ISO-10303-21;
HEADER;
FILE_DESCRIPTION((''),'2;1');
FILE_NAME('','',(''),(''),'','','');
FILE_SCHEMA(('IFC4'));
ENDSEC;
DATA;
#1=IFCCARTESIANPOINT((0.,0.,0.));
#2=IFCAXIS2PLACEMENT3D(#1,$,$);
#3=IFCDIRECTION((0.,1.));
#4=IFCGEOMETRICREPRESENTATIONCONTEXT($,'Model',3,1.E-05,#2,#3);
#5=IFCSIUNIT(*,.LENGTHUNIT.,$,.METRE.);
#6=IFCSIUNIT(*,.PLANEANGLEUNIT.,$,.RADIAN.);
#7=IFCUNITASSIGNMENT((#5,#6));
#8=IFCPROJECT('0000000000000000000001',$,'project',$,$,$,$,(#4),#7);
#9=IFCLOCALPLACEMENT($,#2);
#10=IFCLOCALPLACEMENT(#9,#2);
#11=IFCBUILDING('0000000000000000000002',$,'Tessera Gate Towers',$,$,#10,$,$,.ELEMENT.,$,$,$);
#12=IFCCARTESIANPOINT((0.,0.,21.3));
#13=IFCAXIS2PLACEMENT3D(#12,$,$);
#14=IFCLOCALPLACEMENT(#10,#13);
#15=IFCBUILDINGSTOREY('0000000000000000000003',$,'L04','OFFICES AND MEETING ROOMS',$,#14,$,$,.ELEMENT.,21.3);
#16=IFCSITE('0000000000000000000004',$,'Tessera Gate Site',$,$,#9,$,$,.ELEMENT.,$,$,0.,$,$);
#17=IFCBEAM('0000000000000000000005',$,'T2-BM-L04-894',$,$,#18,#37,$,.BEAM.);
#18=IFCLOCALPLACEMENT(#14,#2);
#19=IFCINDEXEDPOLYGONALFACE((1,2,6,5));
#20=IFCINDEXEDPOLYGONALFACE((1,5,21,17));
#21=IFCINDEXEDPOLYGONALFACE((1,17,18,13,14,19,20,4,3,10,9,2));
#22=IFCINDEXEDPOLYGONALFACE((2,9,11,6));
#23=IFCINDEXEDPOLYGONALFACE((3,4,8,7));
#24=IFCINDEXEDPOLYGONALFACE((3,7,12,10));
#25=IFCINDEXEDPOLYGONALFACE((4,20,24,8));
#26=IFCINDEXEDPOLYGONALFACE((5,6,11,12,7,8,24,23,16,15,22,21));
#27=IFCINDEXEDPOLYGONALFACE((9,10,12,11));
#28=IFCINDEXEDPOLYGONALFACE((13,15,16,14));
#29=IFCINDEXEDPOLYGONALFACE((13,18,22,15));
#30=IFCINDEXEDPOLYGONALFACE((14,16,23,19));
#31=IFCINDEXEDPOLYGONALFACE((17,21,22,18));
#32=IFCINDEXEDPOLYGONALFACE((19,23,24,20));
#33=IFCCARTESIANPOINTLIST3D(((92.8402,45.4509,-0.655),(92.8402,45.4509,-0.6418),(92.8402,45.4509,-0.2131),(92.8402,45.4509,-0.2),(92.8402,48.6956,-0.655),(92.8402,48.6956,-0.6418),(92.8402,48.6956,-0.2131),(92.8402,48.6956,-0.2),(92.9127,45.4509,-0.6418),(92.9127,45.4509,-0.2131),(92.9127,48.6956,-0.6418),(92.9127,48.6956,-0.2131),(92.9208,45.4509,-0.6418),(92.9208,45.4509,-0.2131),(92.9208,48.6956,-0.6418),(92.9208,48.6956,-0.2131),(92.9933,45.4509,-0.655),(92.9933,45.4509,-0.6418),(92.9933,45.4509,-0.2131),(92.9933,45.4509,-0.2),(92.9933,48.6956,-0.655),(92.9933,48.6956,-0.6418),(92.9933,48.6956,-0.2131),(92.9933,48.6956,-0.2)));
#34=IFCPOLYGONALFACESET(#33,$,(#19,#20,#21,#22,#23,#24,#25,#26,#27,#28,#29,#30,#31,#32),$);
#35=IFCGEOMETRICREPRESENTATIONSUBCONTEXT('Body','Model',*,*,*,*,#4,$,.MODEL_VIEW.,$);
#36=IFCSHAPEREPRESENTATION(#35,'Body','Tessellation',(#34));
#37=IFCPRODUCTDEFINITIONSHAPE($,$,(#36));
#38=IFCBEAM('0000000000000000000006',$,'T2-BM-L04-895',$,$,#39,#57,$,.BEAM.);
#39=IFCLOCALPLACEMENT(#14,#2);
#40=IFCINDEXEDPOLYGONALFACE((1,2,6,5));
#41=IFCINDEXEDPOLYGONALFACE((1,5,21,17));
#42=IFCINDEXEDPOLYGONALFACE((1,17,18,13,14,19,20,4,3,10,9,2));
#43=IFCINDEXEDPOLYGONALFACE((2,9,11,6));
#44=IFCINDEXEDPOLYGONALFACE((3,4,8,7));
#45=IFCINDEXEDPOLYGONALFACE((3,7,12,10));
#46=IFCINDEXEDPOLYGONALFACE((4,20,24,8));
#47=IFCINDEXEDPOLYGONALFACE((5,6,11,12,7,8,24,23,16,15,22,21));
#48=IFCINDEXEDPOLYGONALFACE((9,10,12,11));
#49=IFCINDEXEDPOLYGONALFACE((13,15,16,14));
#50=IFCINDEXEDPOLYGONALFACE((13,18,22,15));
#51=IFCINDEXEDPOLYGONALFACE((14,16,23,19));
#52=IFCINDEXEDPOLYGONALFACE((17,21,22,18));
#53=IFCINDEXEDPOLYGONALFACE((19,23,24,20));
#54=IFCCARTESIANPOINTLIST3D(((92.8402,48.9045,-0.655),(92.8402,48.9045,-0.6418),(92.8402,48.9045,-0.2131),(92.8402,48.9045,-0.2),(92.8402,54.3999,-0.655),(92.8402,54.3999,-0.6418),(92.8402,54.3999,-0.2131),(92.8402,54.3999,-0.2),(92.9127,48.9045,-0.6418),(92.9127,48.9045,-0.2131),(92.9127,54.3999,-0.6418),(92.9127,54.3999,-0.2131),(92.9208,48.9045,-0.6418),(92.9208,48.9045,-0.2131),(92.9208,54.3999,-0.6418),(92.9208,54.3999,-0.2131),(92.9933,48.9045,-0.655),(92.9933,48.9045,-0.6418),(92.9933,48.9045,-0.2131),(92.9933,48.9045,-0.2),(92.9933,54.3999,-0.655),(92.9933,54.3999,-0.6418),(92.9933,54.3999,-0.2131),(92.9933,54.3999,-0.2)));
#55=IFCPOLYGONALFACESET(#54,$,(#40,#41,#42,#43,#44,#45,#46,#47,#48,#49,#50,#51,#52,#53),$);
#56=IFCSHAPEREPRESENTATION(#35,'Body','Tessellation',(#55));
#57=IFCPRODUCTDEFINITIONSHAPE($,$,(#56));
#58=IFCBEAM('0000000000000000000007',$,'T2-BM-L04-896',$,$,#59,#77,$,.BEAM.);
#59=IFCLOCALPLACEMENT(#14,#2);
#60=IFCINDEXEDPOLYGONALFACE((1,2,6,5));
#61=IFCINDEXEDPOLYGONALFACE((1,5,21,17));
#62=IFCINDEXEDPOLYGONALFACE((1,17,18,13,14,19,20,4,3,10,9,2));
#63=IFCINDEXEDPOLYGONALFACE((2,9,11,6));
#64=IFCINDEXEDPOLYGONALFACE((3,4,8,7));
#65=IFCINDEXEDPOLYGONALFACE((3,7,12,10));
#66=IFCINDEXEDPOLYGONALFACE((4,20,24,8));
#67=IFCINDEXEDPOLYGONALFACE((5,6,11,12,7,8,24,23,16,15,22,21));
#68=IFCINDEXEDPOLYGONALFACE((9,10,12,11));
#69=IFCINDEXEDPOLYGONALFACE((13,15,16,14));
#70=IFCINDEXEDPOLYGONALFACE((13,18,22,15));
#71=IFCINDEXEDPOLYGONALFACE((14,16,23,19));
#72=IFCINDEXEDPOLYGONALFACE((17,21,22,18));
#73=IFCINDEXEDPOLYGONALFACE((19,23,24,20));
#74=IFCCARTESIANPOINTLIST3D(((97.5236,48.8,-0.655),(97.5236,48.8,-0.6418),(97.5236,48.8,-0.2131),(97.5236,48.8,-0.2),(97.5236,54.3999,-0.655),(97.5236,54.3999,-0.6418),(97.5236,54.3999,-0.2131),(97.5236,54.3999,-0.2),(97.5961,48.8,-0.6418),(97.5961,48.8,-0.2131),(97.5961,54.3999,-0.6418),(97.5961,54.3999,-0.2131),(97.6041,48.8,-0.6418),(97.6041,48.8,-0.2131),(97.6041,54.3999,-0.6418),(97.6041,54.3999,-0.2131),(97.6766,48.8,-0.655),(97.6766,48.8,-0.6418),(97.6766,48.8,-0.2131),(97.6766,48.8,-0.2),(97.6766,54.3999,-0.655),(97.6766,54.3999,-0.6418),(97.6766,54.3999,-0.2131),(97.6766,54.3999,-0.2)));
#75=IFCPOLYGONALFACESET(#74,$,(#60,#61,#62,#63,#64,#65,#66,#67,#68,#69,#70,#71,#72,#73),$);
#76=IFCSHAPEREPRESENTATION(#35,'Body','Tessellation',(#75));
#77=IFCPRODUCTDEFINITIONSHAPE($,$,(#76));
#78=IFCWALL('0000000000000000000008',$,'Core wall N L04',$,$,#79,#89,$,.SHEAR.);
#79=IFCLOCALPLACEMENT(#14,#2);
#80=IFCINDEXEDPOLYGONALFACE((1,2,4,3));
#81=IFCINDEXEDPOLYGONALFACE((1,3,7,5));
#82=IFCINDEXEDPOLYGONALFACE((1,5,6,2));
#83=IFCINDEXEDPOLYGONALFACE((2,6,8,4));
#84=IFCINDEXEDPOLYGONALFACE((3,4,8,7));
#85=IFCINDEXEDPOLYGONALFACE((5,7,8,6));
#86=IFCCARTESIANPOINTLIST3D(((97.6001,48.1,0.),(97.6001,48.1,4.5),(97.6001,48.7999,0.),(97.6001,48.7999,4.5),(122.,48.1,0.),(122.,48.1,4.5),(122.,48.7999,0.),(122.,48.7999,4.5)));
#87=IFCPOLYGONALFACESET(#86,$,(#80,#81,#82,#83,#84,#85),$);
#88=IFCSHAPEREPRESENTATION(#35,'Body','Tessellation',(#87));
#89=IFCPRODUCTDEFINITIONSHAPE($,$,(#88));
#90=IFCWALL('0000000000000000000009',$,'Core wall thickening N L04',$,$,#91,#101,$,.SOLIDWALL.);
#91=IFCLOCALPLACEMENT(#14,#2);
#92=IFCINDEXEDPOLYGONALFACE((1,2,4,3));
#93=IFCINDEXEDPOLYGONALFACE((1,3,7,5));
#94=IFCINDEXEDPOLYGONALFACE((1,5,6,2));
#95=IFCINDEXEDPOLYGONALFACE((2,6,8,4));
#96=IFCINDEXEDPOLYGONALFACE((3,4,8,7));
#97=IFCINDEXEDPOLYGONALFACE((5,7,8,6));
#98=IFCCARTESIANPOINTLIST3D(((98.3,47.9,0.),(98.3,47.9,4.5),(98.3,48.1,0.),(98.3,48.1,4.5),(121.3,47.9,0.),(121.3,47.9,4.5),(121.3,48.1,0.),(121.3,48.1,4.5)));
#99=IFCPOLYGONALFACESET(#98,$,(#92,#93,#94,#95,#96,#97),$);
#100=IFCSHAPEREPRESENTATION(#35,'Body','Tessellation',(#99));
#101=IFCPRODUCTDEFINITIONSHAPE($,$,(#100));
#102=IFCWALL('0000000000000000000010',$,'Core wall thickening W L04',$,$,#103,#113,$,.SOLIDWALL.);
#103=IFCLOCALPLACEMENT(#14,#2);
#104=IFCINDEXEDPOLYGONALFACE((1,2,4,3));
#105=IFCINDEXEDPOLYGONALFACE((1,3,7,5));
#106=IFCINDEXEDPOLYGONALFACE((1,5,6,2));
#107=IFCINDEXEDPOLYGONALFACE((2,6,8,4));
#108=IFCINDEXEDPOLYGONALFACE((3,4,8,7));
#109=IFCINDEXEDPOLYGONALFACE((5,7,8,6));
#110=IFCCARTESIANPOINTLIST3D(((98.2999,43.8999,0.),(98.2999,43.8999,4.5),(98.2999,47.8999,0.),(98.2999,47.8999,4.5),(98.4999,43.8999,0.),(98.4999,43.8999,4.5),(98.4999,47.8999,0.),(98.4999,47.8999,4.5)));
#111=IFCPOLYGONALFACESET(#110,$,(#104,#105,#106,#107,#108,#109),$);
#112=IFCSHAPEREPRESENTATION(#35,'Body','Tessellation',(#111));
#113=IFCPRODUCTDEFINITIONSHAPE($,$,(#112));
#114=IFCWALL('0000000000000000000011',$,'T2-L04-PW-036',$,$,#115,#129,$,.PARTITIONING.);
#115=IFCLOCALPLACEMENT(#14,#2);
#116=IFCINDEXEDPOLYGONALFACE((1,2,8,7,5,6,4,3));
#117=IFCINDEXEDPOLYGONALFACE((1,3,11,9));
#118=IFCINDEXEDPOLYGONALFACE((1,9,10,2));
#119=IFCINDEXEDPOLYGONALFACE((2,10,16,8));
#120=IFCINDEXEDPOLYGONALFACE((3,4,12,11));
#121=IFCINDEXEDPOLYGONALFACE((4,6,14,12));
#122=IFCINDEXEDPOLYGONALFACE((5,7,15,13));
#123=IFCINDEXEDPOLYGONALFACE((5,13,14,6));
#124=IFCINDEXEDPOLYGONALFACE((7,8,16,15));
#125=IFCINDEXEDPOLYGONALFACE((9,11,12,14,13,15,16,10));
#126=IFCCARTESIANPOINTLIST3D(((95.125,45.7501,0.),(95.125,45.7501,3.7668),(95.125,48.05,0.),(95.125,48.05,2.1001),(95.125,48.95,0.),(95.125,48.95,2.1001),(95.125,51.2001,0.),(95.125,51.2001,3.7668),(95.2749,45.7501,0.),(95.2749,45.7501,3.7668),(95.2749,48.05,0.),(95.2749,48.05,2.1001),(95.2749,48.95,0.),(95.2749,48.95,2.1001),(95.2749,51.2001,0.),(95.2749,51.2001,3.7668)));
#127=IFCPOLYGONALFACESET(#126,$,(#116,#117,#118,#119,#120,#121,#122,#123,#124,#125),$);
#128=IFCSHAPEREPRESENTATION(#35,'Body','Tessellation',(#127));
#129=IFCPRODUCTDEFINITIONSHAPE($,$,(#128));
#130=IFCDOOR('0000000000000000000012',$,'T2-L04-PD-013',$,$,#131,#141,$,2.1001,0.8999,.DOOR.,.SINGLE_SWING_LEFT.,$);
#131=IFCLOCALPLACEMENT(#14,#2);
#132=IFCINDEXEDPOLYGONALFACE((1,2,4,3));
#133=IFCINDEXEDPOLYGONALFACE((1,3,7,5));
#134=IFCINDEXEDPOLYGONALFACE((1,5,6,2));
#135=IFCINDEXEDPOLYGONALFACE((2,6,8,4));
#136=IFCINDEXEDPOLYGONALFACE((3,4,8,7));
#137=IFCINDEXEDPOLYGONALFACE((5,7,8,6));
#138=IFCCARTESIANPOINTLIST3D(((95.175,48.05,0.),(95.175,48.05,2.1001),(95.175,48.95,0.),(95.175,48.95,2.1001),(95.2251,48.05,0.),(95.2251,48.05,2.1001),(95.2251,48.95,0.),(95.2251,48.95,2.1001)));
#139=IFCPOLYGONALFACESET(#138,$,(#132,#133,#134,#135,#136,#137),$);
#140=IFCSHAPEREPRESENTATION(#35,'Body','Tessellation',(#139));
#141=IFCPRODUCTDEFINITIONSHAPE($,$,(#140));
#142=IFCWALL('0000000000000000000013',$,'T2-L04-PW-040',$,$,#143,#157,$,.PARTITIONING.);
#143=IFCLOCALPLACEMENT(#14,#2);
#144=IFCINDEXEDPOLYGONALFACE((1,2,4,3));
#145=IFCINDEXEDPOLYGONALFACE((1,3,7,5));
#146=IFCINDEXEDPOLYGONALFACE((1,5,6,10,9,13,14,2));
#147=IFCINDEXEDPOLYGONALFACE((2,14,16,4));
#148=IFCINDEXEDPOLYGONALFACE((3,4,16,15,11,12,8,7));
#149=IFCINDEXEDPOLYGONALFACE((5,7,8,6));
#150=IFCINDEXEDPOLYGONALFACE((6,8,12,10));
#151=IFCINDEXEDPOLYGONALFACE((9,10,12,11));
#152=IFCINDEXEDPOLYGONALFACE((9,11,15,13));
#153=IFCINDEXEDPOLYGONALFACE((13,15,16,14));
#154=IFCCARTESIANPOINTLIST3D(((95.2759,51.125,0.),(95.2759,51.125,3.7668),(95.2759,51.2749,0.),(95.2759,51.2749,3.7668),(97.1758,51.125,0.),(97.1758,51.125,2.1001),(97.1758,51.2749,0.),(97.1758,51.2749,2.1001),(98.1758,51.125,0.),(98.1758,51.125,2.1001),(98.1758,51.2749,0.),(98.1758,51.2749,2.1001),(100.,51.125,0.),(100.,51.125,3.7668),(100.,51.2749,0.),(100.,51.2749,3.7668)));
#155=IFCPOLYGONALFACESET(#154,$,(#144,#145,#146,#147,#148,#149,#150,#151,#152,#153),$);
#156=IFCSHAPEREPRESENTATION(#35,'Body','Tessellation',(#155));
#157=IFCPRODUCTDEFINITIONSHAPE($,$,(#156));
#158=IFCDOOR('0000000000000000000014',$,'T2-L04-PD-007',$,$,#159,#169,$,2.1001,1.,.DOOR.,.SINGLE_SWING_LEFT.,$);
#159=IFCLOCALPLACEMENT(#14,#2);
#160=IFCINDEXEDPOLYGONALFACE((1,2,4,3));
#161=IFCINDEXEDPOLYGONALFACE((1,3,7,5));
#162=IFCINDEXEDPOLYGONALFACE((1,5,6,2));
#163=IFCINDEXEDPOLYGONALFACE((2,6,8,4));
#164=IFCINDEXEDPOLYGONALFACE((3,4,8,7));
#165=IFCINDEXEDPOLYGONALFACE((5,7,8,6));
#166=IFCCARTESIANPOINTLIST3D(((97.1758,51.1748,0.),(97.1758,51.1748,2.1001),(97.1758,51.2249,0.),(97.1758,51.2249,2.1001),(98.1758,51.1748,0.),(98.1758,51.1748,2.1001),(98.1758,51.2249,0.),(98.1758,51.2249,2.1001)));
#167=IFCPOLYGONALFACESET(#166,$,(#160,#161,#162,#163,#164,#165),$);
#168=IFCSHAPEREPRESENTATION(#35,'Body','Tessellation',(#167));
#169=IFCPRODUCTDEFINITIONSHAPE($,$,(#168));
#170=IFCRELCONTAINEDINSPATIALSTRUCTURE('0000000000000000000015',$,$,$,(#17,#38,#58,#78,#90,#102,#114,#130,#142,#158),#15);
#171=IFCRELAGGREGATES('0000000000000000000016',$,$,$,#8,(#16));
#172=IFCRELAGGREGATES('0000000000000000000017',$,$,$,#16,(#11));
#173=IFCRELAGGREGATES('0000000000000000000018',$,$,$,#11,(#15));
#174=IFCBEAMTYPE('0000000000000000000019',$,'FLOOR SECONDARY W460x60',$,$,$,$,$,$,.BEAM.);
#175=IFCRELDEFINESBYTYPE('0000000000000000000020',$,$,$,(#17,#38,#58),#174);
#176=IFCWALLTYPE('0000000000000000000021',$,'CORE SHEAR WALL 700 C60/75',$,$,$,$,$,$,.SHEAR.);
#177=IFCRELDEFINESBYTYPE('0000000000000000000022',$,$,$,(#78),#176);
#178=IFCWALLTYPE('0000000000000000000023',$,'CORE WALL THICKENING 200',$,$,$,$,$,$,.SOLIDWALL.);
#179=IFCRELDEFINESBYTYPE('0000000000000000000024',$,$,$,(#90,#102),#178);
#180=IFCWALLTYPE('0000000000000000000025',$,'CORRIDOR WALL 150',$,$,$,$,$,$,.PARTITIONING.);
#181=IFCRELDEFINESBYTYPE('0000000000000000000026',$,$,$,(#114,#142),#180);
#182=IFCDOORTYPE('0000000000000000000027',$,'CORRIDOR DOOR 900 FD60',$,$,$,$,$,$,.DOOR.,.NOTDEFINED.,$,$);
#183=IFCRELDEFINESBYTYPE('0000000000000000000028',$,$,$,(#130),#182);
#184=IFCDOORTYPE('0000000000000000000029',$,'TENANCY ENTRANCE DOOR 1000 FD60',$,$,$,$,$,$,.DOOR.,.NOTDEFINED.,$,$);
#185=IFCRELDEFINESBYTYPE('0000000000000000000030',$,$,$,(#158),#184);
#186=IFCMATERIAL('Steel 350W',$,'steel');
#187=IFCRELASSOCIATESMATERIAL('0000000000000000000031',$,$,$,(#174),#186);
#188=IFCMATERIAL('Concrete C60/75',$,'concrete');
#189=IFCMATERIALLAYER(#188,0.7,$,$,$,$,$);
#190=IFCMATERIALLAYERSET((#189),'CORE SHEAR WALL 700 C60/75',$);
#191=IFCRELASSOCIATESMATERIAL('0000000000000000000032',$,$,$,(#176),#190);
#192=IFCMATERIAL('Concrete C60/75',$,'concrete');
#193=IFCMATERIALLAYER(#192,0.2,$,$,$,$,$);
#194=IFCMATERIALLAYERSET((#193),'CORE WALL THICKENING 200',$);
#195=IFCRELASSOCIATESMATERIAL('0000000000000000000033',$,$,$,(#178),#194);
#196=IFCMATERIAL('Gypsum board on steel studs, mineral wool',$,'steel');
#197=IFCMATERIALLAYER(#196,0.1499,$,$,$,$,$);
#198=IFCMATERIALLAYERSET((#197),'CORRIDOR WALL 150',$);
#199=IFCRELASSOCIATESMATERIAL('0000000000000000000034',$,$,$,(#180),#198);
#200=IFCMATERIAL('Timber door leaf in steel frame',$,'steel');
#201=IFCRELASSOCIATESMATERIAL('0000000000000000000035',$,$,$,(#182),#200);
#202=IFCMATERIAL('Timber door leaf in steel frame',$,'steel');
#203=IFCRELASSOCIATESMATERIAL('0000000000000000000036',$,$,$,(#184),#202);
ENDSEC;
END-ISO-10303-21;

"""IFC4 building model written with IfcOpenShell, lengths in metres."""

from ifc_helpers import new_model, si_unit, direction, frame, frame_2d, origin, origin_2d, place, context, subcontext, project, spatial, rectangle, i_section, extrude, source, transform, mapped, material, layer, layer_set, material_profile, profile_set, type_object, element, fill, save


model = new_model("IFC4")

# Units and contexts
model_context = context("Model", 3, precision=1e-05, world=origin(), true_north=direction((0.0, 1.0)))
body_context = subcontext(model_context, "Body", "Model", "MODEL_VIEW")
ifc_project = project(units=[si_unit("LENGTHUNIT", "METRE"), si_unit("PLANEANGLEUNIT", "RADIAN")], contexts=[model_context])

# Site, building, storey
site_placement = place(None, origin())
site = spatial("IfcSite", under=ifc_project, at=site_placement, Name="Tessera Gate Site", CompositionType="ELEMENT", RefElevation=0.0)
building_placement = place(site_placement, origin())
building = spatial("IfcBuilding", under=site, at=building_placement, Name="Tessera Gate Towers", CompositionType="ELEMENT")
storey_placement = place(building_placement, frame((0.0, 0.0, 21.3)))
storey = spatial("IfcBuildingStorey", under=building, at=storey_placement, Name="L04", Description="OFFICES AND MEETING ROOMS", CompositionType="ELEMENT", Elevation=21.3)

# Beams
ifc_material_1 = material(Name="Steel 350W", Category="steel")
ifc_material_profile_1 = material_profile(ifc_material_1, i_section(OverallWidth=0.1531, OverallDepth=0.4551, WebThickness=0.0081, FlangeThickness=0.0132, at=origin_2d()), Name="W460x60")
ifc_profile_set_1 = profile_set([ifc_material_profile_1], Name="Steel 350W")
beam_type_1 = type_object("IfcBeamType", Name="FLOOR SECONDARY W460x60", PredefinedType="BEAM", material=ifc_profile_set_1)
beam_1_placement = place(storey_placement, frame((92.9167, 45.4509, -0.4275), z_axis=(0.0, 1.0, 0.0), x_axis=(-1.0, 0.0, 0.0)))
element("IfcBeam", 1, at=beam_1_placement, inside=storey, type_object=beam_type_1, Name="T2-BM-L04-894", PredefinedType="BEAM", context=body_context, shape_type="SweptSolid", body=[
    extrude(i_section(OverallWidth=0.1531, OverallDepth=0.4551, WebThickness=0.0081, FlangeThickness=0.0132, at=origin_2d()), origin(), (0.0, 0.0, 1.0), 3.2446),
])
beam_2_placement = place(storey_placement, frame((92.9167, 48.9045, -0.4275), z_axis=(0.0, 1.0, 0.0), x_axis=(-1.0, 0.0, 0.0)))
element("IfcBeam", 2, at=beam_2_placement, inside=storey, type_object=beam_type_1, Name="T2-BM-L04-895", PredefinedType="BEAM", context=body_context, shape_type="SweptSolid", body=[
    extrude(i_section(OverallWidth=0.1531, OverallDepth=0.4551, WebThickness=0.0081, FlangeThickness=0.0132, at=origin_2d()), origin(), (0.0, 0.0, 1.0), 5.4954),
])
beam_3_placement = place(storey_placement, frame((97.6001, 48.8, -0.4275), z_axis=(0.0, 1.0, 0.0), x_axis=(-1.0, 0.0, 0.0)))
element("IfcBeam", 3, at=beam_3_placement, inside=storey, type_object=beam_type_1, Name="T2-BM-L04-896", PredefinedType="BEAM", context=body_context, shape_type="SweptSolid", body=[
    extrude(i_section(OverallWidth=0.1531, OverallDepth=0.4551, WebThickness=0.0081, FlangeThickness=0.0132, at=origin_2d()), origin(), (0.0, 0.0, 1.0), 5.5999),
])

# Walls
ifc_material_2 = material(Name="Concrete C60/75", Category="concrete")
ifc_layer_1 = layer(ifc_material_2, 0.7)
ifc_layer_set_1 = layer_set([ifc_layer_1], Name="CORE SHEAR WALL 700 C60/75")
wall_type_1 = type_object("IfcWallType", Name="CORE SHEAR WALL 700 C60/75", PredefinedType="SHEAR", material=ifc_layer_set_1)
wall_1_placement = place(storey_placement, frame((97.6001, 48.45, 0.0), z_axis=(0.0, 0.0, 1.0), x_axis=(1.0, 0.0, 0.0)))
element("IfcWall", 4, at=wall_1_placement, inside=storey, type_object=wall_type_1, Name="Core wall N L04", PredefinedType="SHEAR", context=body_context, shape_type="SweptSolid", body=[
    extrude(rectangle(XDim=24.3999, YDim=0.7, at=frame_2d((12.2, 0.0))), origin(), (0.0, 0.0, 1.0), 4.5),
])
ifc_material_3 = material(Name="Concrete C60/75", Category="concrete")
ifc_layer_2 = layer(ifc_material_3, 0.2)
ifc_layer_set_2 = layer_set([ifc_layer_2], Name="CORE WALL THICKENING 200")
wall_type_2 = type_object("IfcWallType", Name="CORE WALL THICKENING 200", PredefinedType="SOLIDWALL", material=ifc_layer_set_2)
wall_2_placement = place(storey_placement, frame((98.3, 48.0, 0.0), z_axis=(0.0, 0.0, 1.0), x_axis=(1.0, 0.0, 0.0)))
element("IfcWall", 5, at=wall_2_placement, inside=storey, type_object=wall_type_2, Name="Core wall thickening N L04", PredefinedType="SOLIDWALL", context=body_context, shape_type="SweptSolid", body=[
    extrude(rectangle(XDim=23.0, YDim=0.2, at=frame_2d((11.5, 0.0))), origin(), (0.0, 0.0, 1.0), 4.5),
])
wall_3_placement = place(storey_placement, frame((98.3999, 43.8999, 0.0), z_axis=(0.0, 0.0, 1.0), x_axis=(0.0, 1.0, 0.0)))
element("IfcWall", 6, at=wall_3_placement, inside=storey, type_object=wall_type_2, Name="Core wall thickening W L04", PredefinedType="SOLIDWALL", context=body_context, shape_type="SweptSolid", body=[
    extrude(rectangle(XDim=4.0, YDim=0.2, at=frame_2d((2.0, 0.0))), origin(), (0.0, 0.0, 1.0), 4.5),
])

# Walls, openings, doors
ifc_material_4 = material(Name="Gypsum board on steel studs, mineral wool", Category="steel")
ifc_layer_3 = layer(ifc_material_4, 0.1499)
ifc_layer_set_3 = layer_set([ifc_layer_3], Name="CORRIDOR WALL 150")
wall_type_3 = type_object("IfcWallType", Name="CORRIDOR WALL 150", PredefinedType="PARTITIONING", material=ifc_layer_set_3)
wall_4_placement = place(storey_placement, frame((95.2, 45.75, 0.0), z_axis=(0.0, 0.0, 1.0), x_axis=(0.0, 1.0, 0.0)))
wall_4 = element("IfcWall", 7, at=wall_4_placement, inside=storey, type_object=wall_type_3, Name="T2-L04-PW-036", PredefinedType="PARTITIONING", context=body_context, shape_type="SweptSolid", body=[
    extrude(rectangle(XDim=5.45, YDim=0.1499, at=frame_2d((2.7251, 0.0))), origin(), (0.0, 0.0, 1.0), 3.7668),
])
shared_shape_1 = source(origin(), body_context, "Body", "SweptSolid", [
    extrude(rectangle(XDim=0.8999, YDim=2.1001, at=frame_2d((0.45, 1.05))), frame((0.0, 0.085, 0.0), z_axis=(0.0, -1.0, 0.0), x_axis=(1.0, 0.0, 0.0)), (0.0, 0.0, 1.0), 0.1699),
])
opening_1_placement = place(wall_4_placement, frame((2.3, 0.0, 0.0)))
opening_1 = element("IfcOpeningElement", 8, at=opening_1_placement, cuts=wall_4, PredefinedType="OPENING", context=body_context, shape_type="MappedRepresentation", body=[
    mapped(shared_shape_1, transform((0.0, 0.0, 0.0), scale=1.0)),
])
ifc_material_5 = material(Name="Timber door leaf in steel frame", Category="steel")
door_type_1 = type_object("IfcDoorType", Name="CORRIDOR DOOR 900 FD60", OperationType="NOTDEFINED", PredefinedType="DOOR", material=ifc_material_5)
shared_shape_2 = source(origin(), body_context, "Body", "SweptSolid", [
    extrude(rectangle(XDim=0.8999, YDim=2.1001, at=frame_2d((0.45, 1.05))), frame((0.0, 0.0249, 0.0), z_axis=(0.0, -1.0, 0.0), x_axis=(1.0, 0.0, 0.0)), (0.0, 0.0, 1.0), 0.05),
])
door_1_placement = place(opening_1_placement, origin())
door_1 = element("IfcDoor", 9, at=door_1_placement, inside=storey, type_object=door_type_1, Name="T2-L04-PD-013", OperationType="SINGLE_SWING_LEFT", OverallHeight=2.1001, OverallWidth=0.8999, PredefinedType="DOOR", context=body_context, shape_type="MappedRepresentation", body=[
    mapped(shared_shape_2, transform((0.0, 0.0, 0.0), scale=1.0)),
])
fill(opening_1, door_1)
wall_5_placement = place(storey_placement, frame((95.2759, 51.2, 0.0), z_axis=(0.0, 0.0, 1.0), x_axis=(1.0, 0.0, 0.0)))
wall_5 = element("IfcWall", 10, at=wall_5_placement, inside=storey, type_object=wall_type_3, Name="T2-L04-PW-040", PredefinedType="PARTITIONING", context=body_context, shape_type="SweptSolid", body=[
    extrude(rectangle(XDim=4.7241, YDim=0.1499, at=frame_2d((2.3621, 0.0))), origin(), (0.0, 0.0, 1.0), 3.7668),
])
shared_shape_3 = source(origin(), body_context, "Body", "SweptSolid", [
    extrude(rectangle(XDim=1.0, YDim=2.1001, at=frame_2d((0.5, 1.05))), frame((0.0, 0.085, 0.0), z_axis=(0.0, -1.0, 0.0), x_axis=(1.0, 0.0, 0.0)), (0.0, 0.0, 1.0), 0.1699),
])
opening_2_placement = place(wall_5_placement, frame((1.8999, 0.0, 0.0)))
opening_2 = element("IfcOpeningElement", 11, at=opening_2_placement, cuts=wall_5, PredefinedType="OPENING", context=body_context, shape_type="MappedRepresentation", body=[
    mapped(shared_shape_3, transform((0.0, 0.0, 0.0), scale=1.0)),
])
ifc_material_6 = material(Name="Timber door leaf in steel frame", Category="steel")
door_type_2 = type_object("IfcDoorType", Name="TENANCY ENTRANCE DOOR 1000 FD60", OperationType="NOTDEFINED", PredefinedType="DOOR", material=ifc_material_6)
shared_shape_4 = source(origin(), body_context, "Body", "SweptSolid", [
    extrude(rectangle(XDim=1.0, YDim=2.1001, at=frame_2d((0.5, 1.05))), frame((0.0, 0.0249, 0.0), z_axis=(0.0, -1.0, 0.0), x_axis=(1.0, 0.0, 0.0)), (0.0, 0.0, 1.0), 0.05),
])
door_2_placement = place(opening_2_placement, origin())
door_2 = element("IfcDoor", 12, at=door_2_placement, inside=storey, type_object=door_type_2, Name="T2-L04-PD-007", OperationType="SINGLE_SWING_LEFT", OverallHeight=2.1001, OverallWidth=1.0, PredefinedType="DOOR", context=body_context, shape_type="MappedRepresentation", body=[
    mapped(shared_shape_4, transform((0.0, 0.0, 0.0), scale=1.0)),
])
fill(opening_2, door_2)

save(model, "model.ifc")
